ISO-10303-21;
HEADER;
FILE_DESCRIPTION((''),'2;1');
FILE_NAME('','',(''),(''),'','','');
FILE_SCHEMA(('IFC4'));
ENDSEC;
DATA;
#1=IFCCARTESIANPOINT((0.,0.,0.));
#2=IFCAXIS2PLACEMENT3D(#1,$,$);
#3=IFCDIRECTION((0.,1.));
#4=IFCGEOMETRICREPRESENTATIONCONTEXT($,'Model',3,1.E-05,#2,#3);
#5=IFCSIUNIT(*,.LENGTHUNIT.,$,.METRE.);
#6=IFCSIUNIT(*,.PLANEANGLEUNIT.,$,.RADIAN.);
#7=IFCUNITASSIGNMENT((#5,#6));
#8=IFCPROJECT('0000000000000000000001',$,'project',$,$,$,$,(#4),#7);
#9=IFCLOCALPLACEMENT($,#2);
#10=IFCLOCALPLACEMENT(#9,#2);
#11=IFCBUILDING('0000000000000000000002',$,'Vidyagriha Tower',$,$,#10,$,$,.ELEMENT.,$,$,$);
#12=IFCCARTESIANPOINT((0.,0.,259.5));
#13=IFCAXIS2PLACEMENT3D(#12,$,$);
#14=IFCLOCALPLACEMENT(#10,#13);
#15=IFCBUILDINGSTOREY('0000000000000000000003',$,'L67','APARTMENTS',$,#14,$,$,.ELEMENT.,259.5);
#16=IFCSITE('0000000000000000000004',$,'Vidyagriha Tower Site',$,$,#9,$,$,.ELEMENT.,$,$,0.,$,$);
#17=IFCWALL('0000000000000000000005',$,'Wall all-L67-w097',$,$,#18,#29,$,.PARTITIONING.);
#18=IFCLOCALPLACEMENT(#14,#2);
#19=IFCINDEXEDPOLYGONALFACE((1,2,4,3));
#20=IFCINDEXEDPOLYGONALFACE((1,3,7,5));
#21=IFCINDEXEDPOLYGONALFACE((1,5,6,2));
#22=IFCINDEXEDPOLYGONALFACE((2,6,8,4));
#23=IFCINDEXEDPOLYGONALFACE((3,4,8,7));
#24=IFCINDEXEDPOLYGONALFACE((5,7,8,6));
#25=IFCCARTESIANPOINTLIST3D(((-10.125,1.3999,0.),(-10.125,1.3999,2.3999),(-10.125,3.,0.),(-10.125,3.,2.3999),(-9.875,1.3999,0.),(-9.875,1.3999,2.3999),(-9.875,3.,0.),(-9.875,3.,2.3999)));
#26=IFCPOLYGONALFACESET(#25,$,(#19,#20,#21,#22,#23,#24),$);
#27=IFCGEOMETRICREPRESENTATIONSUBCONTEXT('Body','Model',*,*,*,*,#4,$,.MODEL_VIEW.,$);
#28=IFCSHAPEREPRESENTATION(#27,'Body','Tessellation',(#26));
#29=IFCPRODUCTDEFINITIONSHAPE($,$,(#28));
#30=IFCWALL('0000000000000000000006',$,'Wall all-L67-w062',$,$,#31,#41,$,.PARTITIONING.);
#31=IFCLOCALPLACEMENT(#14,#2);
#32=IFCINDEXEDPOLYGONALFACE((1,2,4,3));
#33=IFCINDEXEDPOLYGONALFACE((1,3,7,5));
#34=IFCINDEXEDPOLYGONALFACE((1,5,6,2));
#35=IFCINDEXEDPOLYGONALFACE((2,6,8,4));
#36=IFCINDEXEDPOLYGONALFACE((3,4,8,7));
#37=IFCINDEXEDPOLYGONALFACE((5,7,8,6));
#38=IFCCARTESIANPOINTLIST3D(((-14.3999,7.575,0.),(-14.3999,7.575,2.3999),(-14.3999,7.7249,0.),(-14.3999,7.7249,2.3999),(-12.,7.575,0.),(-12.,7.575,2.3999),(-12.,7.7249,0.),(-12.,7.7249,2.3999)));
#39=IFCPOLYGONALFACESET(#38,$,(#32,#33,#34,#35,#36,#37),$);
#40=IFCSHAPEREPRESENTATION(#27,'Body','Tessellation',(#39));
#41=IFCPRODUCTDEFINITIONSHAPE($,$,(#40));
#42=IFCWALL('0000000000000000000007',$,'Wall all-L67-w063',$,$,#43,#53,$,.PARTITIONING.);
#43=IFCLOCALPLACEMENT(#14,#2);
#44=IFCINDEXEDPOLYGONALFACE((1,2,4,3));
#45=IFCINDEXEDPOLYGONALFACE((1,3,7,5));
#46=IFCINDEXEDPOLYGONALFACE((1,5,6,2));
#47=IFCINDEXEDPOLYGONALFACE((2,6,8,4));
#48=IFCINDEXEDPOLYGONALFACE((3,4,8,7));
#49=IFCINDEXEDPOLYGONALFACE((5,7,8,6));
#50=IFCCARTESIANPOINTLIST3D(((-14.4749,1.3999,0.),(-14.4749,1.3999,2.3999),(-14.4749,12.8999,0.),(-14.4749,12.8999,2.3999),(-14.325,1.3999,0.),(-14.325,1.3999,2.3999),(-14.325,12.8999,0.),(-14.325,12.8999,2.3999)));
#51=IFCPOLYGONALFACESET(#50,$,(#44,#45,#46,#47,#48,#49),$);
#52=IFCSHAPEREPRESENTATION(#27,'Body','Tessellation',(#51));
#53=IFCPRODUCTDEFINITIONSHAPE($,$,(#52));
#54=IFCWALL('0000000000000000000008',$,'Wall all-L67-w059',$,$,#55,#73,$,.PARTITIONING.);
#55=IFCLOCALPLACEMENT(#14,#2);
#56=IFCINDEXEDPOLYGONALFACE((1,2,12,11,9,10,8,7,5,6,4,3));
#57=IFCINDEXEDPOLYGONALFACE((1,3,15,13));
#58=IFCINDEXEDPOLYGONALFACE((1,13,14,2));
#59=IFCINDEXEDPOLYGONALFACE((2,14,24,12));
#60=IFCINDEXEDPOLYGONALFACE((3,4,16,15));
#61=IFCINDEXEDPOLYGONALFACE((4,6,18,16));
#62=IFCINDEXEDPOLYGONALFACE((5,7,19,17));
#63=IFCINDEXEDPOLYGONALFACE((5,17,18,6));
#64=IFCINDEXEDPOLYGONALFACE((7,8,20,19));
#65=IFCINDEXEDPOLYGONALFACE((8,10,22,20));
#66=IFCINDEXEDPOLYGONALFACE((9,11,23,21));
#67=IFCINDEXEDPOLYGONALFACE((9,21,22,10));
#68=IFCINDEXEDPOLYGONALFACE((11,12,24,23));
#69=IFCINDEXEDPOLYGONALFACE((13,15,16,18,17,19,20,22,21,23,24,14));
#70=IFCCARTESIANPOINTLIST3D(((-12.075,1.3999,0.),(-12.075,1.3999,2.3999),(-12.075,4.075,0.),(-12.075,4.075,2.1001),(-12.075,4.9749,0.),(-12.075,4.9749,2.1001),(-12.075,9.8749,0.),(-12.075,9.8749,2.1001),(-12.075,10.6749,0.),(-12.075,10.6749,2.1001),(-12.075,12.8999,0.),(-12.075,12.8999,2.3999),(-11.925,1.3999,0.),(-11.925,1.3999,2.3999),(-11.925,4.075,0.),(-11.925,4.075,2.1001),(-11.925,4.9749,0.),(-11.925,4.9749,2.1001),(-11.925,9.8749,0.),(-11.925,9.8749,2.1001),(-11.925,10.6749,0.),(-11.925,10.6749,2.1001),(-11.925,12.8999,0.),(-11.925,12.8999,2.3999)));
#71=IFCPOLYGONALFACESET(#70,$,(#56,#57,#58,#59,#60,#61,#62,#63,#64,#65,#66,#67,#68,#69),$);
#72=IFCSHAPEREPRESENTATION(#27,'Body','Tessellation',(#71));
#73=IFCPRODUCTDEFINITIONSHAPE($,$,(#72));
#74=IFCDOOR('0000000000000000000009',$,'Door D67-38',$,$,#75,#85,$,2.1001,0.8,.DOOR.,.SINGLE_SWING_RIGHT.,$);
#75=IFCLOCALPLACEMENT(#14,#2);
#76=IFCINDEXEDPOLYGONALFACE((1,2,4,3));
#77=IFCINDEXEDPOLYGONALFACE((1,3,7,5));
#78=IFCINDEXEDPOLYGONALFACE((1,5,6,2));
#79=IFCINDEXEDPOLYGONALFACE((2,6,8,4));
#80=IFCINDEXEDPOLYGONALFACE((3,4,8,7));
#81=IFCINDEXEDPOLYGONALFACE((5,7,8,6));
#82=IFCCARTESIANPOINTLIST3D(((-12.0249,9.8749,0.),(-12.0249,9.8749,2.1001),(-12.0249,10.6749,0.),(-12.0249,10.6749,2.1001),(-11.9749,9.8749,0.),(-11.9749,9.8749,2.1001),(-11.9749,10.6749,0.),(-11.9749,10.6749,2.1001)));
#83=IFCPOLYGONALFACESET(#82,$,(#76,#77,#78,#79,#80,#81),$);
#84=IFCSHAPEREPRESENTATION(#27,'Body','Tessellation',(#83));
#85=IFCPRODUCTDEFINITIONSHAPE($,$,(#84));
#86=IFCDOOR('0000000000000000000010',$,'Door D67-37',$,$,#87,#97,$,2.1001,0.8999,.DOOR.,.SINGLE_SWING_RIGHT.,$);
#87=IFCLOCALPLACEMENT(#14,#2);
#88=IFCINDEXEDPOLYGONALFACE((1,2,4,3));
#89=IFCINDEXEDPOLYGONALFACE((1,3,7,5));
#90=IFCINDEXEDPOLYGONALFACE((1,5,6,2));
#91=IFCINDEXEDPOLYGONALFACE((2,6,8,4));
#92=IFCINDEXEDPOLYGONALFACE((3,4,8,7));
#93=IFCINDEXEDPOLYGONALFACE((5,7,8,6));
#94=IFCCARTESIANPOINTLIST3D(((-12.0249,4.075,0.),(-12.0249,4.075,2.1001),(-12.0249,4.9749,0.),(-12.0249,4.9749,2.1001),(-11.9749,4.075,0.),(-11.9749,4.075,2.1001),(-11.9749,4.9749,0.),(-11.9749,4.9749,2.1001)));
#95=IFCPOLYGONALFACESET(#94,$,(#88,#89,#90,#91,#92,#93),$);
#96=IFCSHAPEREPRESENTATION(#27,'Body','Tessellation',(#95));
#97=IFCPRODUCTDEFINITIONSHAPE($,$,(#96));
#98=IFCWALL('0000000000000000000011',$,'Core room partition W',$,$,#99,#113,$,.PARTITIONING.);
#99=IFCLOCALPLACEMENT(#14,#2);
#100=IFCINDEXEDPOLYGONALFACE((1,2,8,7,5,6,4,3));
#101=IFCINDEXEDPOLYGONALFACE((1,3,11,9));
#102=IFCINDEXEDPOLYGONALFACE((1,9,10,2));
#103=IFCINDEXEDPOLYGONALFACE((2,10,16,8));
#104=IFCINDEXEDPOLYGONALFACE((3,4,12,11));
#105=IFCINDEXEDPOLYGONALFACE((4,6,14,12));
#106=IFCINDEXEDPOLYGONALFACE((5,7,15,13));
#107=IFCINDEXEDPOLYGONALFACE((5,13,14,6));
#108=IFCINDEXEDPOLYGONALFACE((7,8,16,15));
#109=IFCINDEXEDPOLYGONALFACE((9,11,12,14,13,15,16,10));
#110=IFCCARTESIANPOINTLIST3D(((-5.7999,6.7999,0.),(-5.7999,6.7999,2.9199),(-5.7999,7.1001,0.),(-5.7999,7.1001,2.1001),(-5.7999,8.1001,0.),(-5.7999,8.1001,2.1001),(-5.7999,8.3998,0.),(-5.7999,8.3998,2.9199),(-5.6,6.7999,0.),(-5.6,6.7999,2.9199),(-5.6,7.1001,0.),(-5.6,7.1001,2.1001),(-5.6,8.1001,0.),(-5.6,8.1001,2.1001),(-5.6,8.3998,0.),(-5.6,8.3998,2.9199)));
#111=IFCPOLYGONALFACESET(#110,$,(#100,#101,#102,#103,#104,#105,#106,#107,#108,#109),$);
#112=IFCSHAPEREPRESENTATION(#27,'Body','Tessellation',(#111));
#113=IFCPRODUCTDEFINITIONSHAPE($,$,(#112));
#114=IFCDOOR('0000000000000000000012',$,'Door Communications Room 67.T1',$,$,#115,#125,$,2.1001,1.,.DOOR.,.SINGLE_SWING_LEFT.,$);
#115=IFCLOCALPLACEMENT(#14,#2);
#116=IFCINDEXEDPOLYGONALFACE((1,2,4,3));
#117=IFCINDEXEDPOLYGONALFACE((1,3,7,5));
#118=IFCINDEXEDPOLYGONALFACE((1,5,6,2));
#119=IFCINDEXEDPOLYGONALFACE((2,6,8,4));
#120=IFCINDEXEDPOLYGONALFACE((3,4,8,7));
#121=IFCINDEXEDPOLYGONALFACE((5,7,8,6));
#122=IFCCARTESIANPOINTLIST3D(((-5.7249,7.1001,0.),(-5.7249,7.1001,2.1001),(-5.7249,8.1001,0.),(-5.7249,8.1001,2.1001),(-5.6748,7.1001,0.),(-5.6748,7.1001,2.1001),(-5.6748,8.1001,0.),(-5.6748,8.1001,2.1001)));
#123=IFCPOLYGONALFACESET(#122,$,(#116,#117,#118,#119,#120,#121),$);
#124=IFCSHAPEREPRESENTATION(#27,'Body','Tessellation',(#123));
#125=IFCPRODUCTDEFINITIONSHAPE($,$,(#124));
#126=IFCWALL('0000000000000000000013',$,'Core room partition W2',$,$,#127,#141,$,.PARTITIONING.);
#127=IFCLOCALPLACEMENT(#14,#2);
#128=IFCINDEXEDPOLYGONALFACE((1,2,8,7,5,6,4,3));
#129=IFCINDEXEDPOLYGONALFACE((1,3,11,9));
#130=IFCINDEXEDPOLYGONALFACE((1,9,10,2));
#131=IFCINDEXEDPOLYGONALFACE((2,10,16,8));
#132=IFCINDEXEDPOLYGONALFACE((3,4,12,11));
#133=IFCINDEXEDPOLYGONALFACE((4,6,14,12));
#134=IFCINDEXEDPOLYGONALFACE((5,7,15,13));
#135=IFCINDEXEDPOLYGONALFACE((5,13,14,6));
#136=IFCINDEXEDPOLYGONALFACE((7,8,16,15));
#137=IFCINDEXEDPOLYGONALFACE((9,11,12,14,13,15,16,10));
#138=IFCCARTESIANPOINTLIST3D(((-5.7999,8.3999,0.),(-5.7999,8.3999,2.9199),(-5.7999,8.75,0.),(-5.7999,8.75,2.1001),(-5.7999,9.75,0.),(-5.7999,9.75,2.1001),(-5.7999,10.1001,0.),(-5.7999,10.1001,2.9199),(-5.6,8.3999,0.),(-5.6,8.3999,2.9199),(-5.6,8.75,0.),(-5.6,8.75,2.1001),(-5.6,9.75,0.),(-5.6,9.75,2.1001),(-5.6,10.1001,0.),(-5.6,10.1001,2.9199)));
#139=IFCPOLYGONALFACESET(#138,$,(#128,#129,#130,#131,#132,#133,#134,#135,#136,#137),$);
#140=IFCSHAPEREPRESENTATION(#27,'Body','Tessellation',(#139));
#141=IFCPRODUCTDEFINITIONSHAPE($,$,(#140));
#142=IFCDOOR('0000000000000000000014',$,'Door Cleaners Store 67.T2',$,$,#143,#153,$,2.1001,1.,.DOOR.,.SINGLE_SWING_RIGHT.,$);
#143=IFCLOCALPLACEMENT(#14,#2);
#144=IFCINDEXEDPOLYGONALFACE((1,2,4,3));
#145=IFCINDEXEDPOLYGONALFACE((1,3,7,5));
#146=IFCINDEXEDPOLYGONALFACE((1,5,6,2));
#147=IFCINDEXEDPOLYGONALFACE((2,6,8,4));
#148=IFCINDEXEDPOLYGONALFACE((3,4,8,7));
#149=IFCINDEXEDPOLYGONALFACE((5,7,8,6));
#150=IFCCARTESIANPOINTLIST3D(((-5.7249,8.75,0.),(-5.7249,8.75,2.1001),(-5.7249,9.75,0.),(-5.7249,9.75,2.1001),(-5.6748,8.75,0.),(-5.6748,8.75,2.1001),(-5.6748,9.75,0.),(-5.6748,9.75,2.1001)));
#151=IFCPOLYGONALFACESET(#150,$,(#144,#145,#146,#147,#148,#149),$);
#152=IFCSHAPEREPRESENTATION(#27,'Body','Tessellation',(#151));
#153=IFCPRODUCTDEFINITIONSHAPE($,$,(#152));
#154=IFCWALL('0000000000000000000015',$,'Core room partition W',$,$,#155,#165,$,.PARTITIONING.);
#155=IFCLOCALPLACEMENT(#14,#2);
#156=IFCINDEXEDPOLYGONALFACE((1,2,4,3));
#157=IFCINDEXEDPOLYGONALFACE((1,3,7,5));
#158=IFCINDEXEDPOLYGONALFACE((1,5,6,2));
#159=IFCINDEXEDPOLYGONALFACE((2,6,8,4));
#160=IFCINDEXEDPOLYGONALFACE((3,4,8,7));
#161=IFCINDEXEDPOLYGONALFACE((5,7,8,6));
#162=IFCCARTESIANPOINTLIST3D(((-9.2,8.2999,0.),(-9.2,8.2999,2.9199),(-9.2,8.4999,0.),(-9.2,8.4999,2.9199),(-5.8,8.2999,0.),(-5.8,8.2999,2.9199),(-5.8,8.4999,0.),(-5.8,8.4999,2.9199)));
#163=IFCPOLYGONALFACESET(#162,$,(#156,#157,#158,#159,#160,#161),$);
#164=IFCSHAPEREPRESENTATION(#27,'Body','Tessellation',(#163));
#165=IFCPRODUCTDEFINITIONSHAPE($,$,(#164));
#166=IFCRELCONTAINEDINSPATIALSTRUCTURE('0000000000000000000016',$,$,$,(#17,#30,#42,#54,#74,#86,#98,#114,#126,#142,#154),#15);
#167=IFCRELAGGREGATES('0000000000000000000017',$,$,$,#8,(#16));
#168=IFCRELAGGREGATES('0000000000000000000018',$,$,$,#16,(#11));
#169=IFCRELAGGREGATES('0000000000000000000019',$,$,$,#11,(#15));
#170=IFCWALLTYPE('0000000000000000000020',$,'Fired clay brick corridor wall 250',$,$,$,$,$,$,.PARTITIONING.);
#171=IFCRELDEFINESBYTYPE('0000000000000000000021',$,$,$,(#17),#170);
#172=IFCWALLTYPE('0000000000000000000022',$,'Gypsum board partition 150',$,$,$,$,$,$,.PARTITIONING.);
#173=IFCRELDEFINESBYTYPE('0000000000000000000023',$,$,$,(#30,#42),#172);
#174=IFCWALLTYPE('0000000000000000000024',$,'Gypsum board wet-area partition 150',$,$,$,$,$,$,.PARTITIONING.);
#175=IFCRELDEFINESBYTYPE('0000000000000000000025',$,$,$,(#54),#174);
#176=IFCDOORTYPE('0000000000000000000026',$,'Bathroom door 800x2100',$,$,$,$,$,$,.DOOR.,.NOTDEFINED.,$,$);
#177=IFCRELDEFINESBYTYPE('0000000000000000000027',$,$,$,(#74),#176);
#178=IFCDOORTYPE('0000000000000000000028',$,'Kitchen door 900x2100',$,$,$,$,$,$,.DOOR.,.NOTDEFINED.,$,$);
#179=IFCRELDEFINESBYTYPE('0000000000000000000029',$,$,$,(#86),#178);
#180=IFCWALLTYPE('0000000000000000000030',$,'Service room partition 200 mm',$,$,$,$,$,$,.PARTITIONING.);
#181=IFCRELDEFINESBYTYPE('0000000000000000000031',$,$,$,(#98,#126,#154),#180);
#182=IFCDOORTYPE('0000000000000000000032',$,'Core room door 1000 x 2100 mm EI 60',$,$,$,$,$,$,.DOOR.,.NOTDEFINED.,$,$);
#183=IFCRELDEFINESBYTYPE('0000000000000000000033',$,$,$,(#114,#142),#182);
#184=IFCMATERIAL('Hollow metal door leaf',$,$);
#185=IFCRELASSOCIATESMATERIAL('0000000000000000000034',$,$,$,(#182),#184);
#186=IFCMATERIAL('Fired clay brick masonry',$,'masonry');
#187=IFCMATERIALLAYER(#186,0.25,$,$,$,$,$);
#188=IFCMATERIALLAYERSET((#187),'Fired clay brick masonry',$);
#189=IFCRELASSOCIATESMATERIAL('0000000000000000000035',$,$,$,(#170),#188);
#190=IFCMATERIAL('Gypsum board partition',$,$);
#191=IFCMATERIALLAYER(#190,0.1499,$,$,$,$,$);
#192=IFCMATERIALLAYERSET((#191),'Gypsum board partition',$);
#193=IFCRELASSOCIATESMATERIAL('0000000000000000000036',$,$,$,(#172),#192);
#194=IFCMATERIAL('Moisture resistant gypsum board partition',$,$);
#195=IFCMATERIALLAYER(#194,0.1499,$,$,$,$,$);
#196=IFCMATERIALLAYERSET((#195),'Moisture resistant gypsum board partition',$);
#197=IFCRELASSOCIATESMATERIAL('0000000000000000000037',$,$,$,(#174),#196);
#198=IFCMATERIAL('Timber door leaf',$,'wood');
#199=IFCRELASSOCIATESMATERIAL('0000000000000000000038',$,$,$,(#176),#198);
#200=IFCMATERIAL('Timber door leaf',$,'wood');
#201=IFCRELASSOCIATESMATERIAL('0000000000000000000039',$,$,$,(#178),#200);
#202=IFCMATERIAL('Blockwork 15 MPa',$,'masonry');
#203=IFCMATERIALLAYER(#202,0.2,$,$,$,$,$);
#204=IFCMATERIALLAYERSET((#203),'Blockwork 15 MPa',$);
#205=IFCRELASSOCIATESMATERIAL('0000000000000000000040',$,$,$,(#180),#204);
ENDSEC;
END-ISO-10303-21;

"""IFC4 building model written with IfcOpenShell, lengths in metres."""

from ifc_helpers import new_model, si_unit, direction, frame, frame_2d, origin, place, context, subcontext, project, spatial, rectangle, extrude, material, layer, layer_set, type_object, element, fill, save


model = new_model("IFC4")

# Units and contexts
model_context = context("Model", 3, precision=1e-05, world=origin(), true_north=direction((0.0, 1.0)))
body_context = subcontext(model_context, "Body", "Model", "MODEL_VIEW")
ifc_project = project(units=[si_unit("LENGTHUNIT", "METRE"), si_unit("PLANEANGLEUNIT", "RADIAN")], contexts=[model_context])

# Site, building, storey
site_placement = place(None, origin())
site = spatial("IfcSite", under=ifc_project, at=site_placement, Name="Vidyagriha Tower Site", CompositionType="ELEMENT", RefElevation=0.0)
building_placement = place(site_placement, origin())
building = spatial("IfcBuilding", under=site, at=building_placement, Name="Vidyagriha Tower", CompositionType="ELEMENT")
storey_placement = place(building_placement, frame((0.0, 0.0, 259.5)))
storey = spatial("IfcBuildingStorey", under=building, at=storey_placement, Name="L67", Description="APARTMENTS", CompositionType="ELEMENT", Elevation=259.5)

# Shared definitions
ifc_material_1 = material(Name="Hollow metal door leaf")
door_type_1 = type_object("IfcDoorType", Name="Core room door 1000 x 2100 mm EI 60", OperationType="NOTDEFINED", PredefinedType="DOOR", material=ifc_material_1)

# Walls
ifc_material_2 = material(Name="Fired clay brick masonry", Category="masonry")
ifc_layer_1 = layer(ifc_material_2, 0.25)
ifc_layer_set_1 = layer_set([ifc_layer_1], Name="Fired clay brick masonry")
wall_type_1 = type_object("IfcWallType", Name="Fired clay brick corridor wall 250", PredefinedType="PARTITIONING", material=ifc_layer_set_1)
wall_1_placement = place(storey_placement, frame((-10.0, 3.0, 0.0), z_axis=(0.0, 0.0, 1.0), x_axis=(0.0, -1.0, 0.0)))
element("IfcWall", 1, at=wall_1_placement, inside=storey, type_object=wall_type_1, Name="Wall all-L67-w097", PredefinedType="PARTITIONING", context=body_context, shape_type="SweptSolid", body=[
    extrude(rectangle(XDim=1.6001, YDim=0.25, at=frame_2d((0.8, 0.0))), origin(), (0.0, 0.0, 1.0), 2.3999),
])
ifc_material_3 = material(Name="Gypsum board partition")
ifc_layer_2 = layer(ifc_material_3, 0.1499)
ifc_layer_set_2 = layer_set([ifc_layer_2], Name="Gypsum board partition")
wall_type_2 = type_object("IfcWallType", Name="Gypsum board partition 150", PredefinedType="PARTITIONING", material=ifc_layer_set_2)
wall_2_placement = place(storey_placement, frame((-14.3999, 7.6499, 0.0)))
element("IfcWall", 2, at=wall_2_placement, inside=storey, type_object=wall_type_2, Name="Wall all-L67-w062", PredefinedType="PARTITIONING", context=body_context, shape_type="SweptSolid", body=[
    extrude(rectangle(XDim=2.3999, YDim=0.1499, at=frame_2d((1.2, 0.0))), origin(), (0.0, 0.0, 1.0), 2.3999),
])
wall_3_placement = place(storey_placement, frame((-14.3999, 1.3999, 0.0), z_axis=(0.0, 0.0, 1.0), x_axis=(0.0, 1.0, 0.0)))
element("IfcWall", 3, at=wall_3_placement, inside=storey, type_object=wall_type_2, Name="Wall all-L67-w063", PredefinedType="PARTITIONING", context=body_context, shape_type="SweptSolid", body=[
    extrude(rectangle(XDim=11.5, YDim=0.1499, at=frame_2d((5.75, 0.0))), origin(), (0.0, 0.0, 1.0), 2.3999),
])

# Wall, openings, doors
ifc_material_4 = material(Name="Moisture resistant gypsum board partition")
ifc_layer_3 = layer(ifc_material_4, 0.1499)
ifc_layer_set_3 = layer_set([ifc_layer_3], Name="Moisture resistant gypsum board partition")
wall_type_3 = type_object("IfcWallType", Name="Gypsum board wet-area partition 150", PredefinedType="PARTITIONING", material=ifc_layer_set_3)
wall_4_placement = place(storey_placement, frame((-12.0, 1.3999, 0.0), z_axis=(0.0, 0.0, 1.0), x_axis=(0.0, 1.0, 0.0)))
wall_4 = element("IfcWall", 4, at=wall_4_placement, inside=storey, type_object=wall_type_3, Name="Wall all-L67-w059", PredefinedType="PARTITIONING", context=body_context, shape_type="SweptSolid", body=[
    extrude(rectangle(XDim=11.5, YDim=0.1499, at=frame_2d((5.75, 0.0))), origin(), (0.0, 0.0, 1.0), 2.3999),
])
opening_1_placement = place(wall_4_placement, frame((2.675, 0.0, 0.0)))
opening_1 = element("IfcOpeningElement", 5, at=opening_1_placement, cuts=wall_4, PredefinedType="OPENING", context=body_context, shape_type="SweptSolid", body=[
    extrude(rectangle(XDim=0.8999, YDim=2.1001, at=frame_2d((0.45, 1.05))), frame((0.0, 0.085, 0.0), z_axis=(0.0, -1.0, 0.0), x_axis=(1.0, 0.0, 0.0)), (0.0, 0.0, 1.0), 0.1699),
])
opening_2_placement = place(wall_4_placement, frame((8.4751, 0.0, 0.0)))
opening_2 = element("IfcOpeningElement", 6, at=opening_2_placement, cuts=wall_4, PredefinedType="OPENING", context=body_context, shape_type="SweptSolid", body=[
    extrude(rectangle(XDim=0.8, YDim=2.1001, at=frame_2d((0.3999, 1.05))), frame((0.0, 0.085, 0.0), z_axis=(0.0, -1.0, 0.0), x_axis=(1.0, 0.0, 0.0)), (0.0, 0.0, 1.0), 0.1699),
])
ifc_material_5 = material(Name="Timber door leaf", Category="wood")
door_type_2 = type_object("IfcDoorType", Name="Bathroom door 800x2100", OperationType="NOTDEFINED", PredefinedType="DOOR", material=ifc_material_5)
door_1_placement = place(opening_2_placement, origin())
door_1 = element("IfcDoor", 7, at=door_1_placement, inside=storey, type_object=door_type_2, Name="Door D67-38", OperationType="SINGLE_SWING_RIGHT", OverallHeight=2.1001, OverallWidth=0.8, PredefinedType="DOOR", context=body_context, shape_type="SweptSolid", body=[
    extrude(rectangle(XDim=0.8, YDim=2.1001, at=frame_2d((0.3999, 1.05))), frame((0.0, 0.0249, 0.0), z_axis=(0.0, -1.0, 0.0), x_axis=(1.0, 0.0, 0.0)), (0.0, 0.0, 1.0), 0.05),
])
fill(opening_2, door_1)
ifc_material_6 = material(Name="Timber door leaf", Category="wood")
door_type_3 = type_object("IfcDoorType", Name="Kitchen door 900x2100", OperationType="NOTDEFINED", PredefinedType="DOOR", material=ifc_material_6)
door_2_placement = place(opening_1_placement, origin())
door_2 = element("IfcDoor", 8, at=door_2_placement, inside=storey, type_object=door_type_3, Name="Door D67-37", OperationType="SINGLE_SWING_RIGHT", OverallHeight=2.1001, OverallWidth=0.8999, PredefinedType="DOOR", context=body_context, shape_type="SweptSolid", body=[
    extrude(rectangle(XDim=0.8999, YDim=2.1001, at=frame_2d((0.45, 1.05))), frame((0.0, 0.0249, 0.0), z_axis=(0.0, -1.0, 0.0), x_axis=(1.0, 0.0, 0.0)), (0.0, 0.0, 1.0), 0.05),
])
fill(opening_1, door_2)

# Walls, openings, doors
ifc_material_7 = material(Name="Blockwork 15 MPa", Category="masonry")
ifc_layer_4 = layer(ifc_material_7, 0.2)
ifc_layer_set_4 = layer_set([ifc_layer_4], Name="Blockwork 15 MPa")
wall_type_4 = type_object("IfcWallType", Name="Service room partition 200 mm", PredefinedType="PARTITIONING", material=ifc_layer_set_4)
wall_5_placement = place(storey_placement, frame((-5.7, 6.8, 0.0), z_axis=(0.0, 0.0, 1.0), x_axis=(0.0, 1.0, 0.0)))
wall_5 = element("IfcWall", 9, at=wall_5_placement, inside=storey, type_object=wall_type_4, Name="Core room partition W", PredefinedType="PARTITIONING", context=body_context, shape_type="SweptSolid", body=[
    extrude(rectangle(XDim=1.5999, YDim=0.2, at=frame_2d((0.7998, 0.0))), origin(), (0.0, 0.0, 1.0), 2.9199),
])
opening_3_placement = place(wall_5_placement, frame((0.3, 0.0, 0.0)))
opening_3 = element("IfcOpeningElement", 10, at=opening_3_placement, cuts=wall_5, PredefinedType="OPENING", context=body_context, shape_type="SweptSolid", body=[
    extrude(rectangle(XDim=1.0, YDim=2.1001, at=frame_2d((0.5, 1.05))), frame((0.0, 0.1099, 0.0), z_axis=(0.0, -1.0, 0.0), x_axis=(1.0, 0.0, 0.0)), (0.0, 0.0, 1.0), 0.22),
])
door_3_placement = place(opening_3_placement, origin())
door_3 = element("IfcDoor", 11, at=door_3_placement, inside=storey, type_object=door_type_1, Name="Door Communications Room 67.T1", OperationType="SINGLE_SWING_LEFT", OverallHeight=2.1001, OverallWidth=1.0, PredefinedType="DOOR", context=body_context, shape_type="SweptSolid", body=[
    extrude(rectangle(XDim=1.0, YDim=2.1001, at=frame_2d((0.5, 1.05))), frame((0.0, 0.0249, 0.0), z_axis=(0.0, -1.0, 0.0), x_axis=(1.0, 0.0, 0.0)), (0.0, 0.0, 1.0), 0.05),
])
fill(opening_3, door_3)
wall_6_placement = place(storey_placement, frame((-5.7, 8.3999, 0.0), z_axis=(0.0, 0.0, 1.0), x_axis=(0.0, 1.0, 0.0)))
wall_6 = element("IfcWall", 12, at=wall_6_placement, inside=storey, type_object=wall_type_4, Name="Core room partition W2", PredefinedType="PARTITIONING", context=body_context, shape_type="SweptSolid", body=[
    extrude(rectangle(XDim=1.7002, YDim=0.2, at=frame_2d((0.8501, 0.0))), origin(), (0.0, 0.0, 1.0), 2.9199),
])
opening_4_placement = place(wall_6_placement, frame((0.3501, 0.0, 0.0)))
opening_4 = element("IfcOpeningElement", 13, at=opening_4_placement, cuts=wall_6, PredefinedType="OPENING", context=body_context, shape_type="SweptSolid", body=[
    extrude(rectangle(XDim=1.0, YDim=2.1001, at=frame_2d((0.5, 1.05))), frame((0.0, 0.1099, 0.0), z_axis=(0.0, -1.0, 0.0), x_axis=(1.0, 0.0, 0.0)), (0.0, 0.0, 1.0), 0.22),
])
door_4_placement = place(opening_4_placement, origin())
door_4 = element("IfcDoor", 14, at=door_4_placement, inside=storey, type_object=door_type_1, Name="Door Cleaners Store 67.T2", OperationType="SINGLE_SWING_RIGHT", OverallHeight=2.1001, OverallWidth=1.0, PredefinedType="DOOR", context=body_context, shape_type="SweptSolid", body=[
    extrude(rectangle(XDim=1.0, YDim=2.1001, at=frame_2d((0.5, 1.05))), frame((0.0, 0.0249, 0.0), z_axis=(0.0, -1.0, 0.0), x_axis=(1.0, 0.0, 0.0)), (0.0, 0.0, 1.0), 0.05),
])
fill(opening_4, door_4)

# Wall
wall_7_placement = place(storey_placement, frame((-9.2, 8.3999, 0.0)))
element("IfcWall", 15, at=wall_7_placement, inside=storey, type_object=wall_type_4, Name="Core room partition W", PredefinedType="PARTITIONING", context=body_context, shape_type="SweptSolid", body=[
    extrude(rectangle(XDim=3.3999, YDim=0.2, at=frame_2d((1.7, 0.0))), origin(), (0.0, 0.0, 1.0), 2.9199),
])

save(model, "model.ifc")
